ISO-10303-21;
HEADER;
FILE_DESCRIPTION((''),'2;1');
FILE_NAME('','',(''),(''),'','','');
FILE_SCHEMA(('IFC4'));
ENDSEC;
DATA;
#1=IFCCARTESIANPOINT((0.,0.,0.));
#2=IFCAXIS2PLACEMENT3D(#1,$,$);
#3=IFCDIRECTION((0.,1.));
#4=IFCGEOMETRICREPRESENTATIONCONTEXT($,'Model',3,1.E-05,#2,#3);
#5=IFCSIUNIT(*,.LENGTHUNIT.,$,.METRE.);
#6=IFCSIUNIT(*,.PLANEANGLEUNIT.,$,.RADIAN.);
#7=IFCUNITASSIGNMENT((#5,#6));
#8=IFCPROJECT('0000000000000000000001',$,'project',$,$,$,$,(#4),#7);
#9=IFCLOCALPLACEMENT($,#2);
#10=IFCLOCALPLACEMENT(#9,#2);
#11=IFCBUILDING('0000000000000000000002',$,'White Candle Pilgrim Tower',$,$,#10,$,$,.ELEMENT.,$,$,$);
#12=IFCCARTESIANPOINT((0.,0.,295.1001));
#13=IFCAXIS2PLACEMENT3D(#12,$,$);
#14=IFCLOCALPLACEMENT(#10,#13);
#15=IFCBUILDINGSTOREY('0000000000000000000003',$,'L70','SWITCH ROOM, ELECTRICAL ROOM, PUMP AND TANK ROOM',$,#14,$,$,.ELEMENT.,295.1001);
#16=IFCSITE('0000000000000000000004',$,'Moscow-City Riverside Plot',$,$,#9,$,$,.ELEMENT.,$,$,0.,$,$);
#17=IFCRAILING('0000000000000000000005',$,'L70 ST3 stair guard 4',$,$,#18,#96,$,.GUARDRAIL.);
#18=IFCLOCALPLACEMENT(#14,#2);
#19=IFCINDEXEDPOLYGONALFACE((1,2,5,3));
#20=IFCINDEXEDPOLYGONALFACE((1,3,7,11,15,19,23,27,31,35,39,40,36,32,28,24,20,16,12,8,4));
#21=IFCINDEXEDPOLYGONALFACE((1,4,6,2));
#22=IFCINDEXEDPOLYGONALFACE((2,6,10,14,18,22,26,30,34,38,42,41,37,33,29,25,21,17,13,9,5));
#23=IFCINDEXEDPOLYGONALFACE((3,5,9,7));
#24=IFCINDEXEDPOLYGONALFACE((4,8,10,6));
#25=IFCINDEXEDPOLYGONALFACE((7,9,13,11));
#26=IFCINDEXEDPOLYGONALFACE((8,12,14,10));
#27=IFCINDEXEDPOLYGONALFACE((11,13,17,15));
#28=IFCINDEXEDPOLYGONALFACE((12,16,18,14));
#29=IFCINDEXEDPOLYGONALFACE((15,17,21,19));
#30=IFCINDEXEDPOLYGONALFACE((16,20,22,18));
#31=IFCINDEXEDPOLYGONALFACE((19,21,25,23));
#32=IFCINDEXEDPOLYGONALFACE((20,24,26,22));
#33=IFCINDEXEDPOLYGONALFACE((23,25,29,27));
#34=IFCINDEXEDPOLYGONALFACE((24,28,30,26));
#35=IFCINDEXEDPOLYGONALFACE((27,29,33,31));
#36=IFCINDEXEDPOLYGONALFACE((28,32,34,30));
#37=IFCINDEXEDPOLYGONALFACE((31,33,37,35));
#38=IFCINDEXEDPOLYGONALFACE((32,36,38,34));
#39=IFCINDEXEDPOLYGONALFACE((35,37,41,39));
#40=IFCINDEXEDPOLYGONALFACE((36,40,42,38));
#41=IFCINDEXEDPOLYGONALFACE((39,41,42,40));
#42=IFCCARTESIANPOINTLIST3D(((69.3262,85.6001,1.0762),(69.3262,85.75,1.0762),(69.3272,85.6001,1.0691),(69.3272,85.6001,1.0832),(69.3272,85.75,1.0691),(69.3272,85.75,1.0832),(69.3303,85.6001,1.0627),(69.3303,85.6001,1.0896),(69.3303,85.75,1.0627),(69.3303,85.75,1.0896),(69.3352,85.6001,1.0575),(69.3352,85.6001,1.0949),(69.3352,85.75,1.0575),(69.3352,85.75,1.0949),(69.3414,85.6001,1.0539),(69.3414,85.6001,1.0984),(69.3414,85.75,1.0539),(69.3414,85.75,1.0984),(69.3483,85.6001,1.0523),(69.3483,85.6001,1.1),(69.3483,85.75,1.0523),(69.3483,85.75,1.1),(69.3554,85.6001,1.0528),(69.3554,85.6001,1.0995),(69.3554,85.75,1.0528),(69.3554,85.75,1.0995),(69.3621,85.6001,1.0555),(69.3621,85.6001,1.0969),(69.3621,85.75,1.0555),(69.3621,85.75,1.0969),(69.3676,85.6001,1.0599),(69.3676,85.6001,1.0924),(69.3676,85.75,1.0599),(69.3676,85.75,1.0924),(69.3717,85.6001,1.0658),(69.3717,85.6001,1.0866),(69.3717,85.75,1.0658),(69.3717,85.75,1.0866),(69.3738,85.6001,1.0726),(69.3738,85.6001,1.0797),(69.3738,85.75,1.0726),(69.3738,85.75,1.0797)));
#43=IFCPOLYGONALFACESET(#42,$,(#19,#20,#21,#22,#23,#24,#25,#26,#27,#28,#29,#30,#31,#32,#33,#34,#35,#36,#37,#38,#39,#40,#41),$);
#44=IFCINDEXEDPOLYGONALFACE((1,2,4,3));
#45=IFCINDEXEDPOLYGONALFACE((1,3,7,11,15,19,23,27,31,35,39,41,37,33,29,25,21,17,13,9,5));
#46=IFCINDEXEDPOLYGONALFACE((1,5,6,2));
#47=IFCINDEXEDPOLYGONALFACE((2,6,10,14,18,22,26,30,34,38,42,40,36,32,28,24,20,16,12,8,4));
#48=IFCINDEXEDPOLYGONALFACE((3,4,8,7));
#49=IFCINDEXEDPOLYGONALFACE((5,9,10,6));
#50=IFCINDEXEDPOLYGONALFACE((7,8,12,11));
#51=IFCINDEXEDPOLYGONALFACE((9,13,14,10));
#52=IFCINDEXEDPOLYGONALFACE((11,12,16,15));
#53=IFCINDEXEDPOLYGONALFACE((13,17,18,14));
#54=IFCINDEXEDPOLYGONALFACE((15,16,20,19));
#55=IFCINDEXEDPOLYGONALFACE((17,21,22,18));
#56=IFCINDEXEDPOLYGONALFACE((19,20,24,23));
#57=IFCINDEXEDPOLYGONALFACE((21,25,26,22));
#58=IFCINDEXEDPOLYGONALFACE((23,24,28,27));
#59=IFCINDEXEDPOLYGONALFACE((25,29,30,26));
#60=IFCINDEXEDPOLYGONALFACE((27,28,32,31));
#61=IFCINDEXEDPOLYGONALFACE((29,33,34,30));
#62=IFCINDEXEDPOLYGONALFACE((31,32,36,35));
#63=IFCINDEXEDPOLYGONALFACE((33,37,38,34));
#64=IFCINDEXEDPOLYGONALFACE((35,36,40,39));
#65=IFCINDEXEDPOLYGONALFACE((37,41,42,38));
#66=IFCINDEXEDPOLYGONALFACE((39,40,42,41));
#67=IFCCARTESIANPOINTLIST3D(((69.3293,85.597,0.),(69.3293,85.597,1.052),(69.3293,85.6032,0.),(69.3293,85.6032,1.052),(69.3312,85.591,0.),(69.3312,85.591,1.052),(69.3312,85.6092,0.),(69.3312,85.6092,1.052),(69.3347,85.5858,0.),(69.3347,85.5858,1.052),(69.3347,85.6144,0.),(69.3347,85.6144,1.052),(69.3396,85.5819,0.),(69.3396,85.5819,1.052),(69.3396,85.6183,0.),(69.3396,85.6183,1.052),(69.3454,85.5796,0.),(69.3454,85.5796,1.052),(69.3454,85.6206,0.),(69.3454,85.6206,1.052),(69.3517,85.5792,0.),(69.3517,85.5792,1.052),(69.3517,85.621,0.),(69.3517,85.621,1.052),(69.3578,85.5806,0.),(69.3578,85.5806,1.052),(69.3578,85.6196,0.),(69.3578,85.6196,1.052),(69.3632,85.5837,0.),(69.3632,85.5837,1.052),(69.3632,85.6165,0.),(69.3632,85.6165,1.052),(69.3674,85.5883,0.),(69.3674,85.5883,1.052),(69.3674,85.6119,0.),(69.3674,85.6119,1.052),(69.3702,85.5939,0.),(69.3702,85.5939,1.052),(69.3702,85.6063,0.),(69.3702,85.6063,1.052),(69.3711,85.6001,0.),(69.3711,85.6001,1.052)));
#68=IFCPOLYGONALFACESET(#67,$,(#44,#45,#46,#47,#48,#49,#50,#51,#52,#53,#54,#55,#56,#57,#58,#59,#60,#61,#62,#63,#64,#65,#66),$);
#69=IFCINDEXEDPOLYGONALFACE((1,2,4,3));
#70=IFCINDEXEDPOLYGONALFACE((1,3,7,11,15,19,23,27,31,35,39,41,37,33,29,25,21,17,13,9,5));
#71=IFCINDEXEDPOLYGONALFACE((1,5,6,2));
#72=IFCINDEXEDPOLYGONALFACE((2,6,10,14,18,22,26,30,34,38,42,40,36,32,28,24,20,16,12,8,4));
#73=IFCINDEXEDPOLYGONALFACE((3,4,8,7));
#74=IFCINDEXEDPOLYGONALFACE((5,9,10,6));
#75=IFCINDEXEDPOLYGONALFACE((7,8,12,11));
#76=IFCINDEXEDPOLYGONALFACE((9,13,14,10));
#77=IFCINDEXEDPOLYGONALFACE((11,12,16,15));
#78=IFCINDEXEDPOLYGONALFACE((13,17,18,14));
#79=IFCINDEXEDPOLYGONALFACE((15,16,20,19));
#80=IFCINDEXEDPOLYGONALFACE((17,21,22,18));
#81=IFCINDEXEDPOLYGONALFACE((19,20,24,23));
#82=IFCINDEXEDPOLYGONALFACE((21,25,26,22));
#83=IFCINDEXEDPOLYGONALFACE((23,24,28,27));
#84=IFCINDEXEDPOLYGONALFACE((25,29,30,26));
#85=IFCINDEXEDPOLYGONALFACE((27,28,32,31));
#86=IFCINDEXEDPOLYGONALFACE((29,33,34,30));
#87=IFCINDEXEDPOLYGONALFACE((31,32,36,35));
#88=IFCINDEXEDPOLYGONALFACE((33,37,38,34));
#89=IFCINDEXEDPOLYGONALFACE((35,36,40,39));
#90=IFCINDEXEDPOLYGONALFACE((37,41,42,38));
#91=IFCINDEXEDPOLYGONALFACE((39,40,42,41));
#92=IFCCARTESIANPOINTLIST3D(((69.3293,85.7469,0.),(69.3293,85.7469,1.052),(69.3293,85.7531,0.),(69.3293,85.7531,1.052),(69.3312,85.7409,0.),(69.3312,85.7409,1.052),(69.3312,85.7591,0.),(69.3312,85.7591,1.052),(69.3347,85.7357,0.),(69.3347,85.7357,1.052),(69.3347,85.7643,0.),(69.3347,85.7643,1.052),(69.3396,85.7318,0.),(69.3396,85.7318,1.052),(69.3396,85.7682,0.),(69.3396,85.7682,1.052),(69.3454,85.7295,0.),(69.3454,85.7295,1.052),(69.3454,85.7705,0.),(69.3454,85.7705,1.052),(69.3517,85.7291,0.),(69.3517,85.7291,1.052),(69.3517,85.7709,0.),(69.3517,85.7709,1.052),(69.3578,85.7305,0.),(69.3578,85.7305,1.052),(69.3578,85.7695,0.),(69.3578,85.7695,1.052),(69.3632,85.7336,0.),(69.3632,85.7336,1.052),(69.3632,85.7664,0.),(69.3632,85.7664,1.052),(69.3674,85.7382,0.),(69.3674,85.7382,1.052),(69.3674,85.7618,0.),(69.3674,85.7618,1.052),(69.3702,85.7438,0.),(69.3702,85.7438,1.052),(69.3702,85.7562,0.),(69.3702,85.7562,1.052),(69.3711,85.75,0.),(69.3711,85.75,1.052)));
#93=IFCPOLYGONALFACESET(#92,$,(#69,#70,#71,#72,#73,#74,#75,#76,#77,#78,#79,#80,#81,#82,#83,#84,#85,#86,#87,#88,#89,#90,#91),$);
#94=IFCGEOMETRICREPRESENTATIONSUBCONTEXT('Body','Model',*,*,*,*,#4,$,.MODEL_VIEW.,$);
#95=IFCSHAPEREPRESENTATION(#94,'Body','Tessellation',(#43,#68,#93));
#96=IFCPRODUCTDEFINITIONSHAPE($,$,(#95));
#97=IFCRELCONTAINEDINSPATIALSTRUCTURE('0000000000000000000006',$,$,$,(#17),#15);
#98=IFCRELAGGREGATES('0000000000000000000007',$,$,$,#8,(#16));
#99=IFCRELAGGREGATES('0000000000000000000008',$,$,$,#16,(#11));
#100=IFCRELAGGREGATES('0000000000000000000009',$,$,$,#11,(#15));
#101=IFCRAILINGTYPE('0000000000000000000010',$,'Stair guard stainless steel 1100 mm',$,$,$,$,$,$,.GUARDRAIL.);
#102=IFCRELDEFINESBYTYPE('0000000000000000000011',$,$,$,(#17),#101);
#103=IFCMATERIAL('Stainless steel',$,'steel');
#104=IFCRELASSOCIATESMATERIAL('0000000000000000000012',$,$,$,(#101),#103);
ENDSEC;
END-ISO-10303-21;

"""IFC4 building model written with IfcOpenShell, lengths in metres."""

from ifc_helpers import new_model, si_unit, direction, frame, origin, origin_2d, place, context, subcontext, project, spatial, circle, extrude, material, type_object, element, save


model = new_model("IFC4")

# Units and contexts
model_context = context("Model", 3, precision=1e-05, world=origin(), true_north=direction((0.0, 1.0)))
body_context = subcontext(model_context, "Body", "Model", "MODEL_VIEW")
ifc_project = project(units=[si_unit("LENGTHUNIT", "METRE"), si_unit("PLANEANGLEUNIT", "RADIAN")], contexts=[model_context])

# Site, building, storey
site_placement = place(None, origin())
site = spatial("IfcSite", under=ifc_project, at=site_placement, Name="Moscow-City Riverside Plot", CompositionType="ELEMENT", RefElevation=0.0)
building_placement = place(site_placement, origin())
building = spatial("IfcBuilding", under=site, at=building_placement, Name="White Candle Pilgrim Tower", CompositionType="ELEMENT")
storey_placement = place(building_placement, frame((0.0, 0.0, 295.1001)))
storey = spatial("IfcBuildingStorey", under=building, at=storey_placement, Name="L70", Description="SWITCH ROOM, ELECTRICAL ROOM, PUMP AND TANK ROOM", CompositionType="ELEMENT", Elevation=295.1001)

# Railing
ifc_material_1 = material(Name="Stainless steel", Category="steel")
railing_type_1 = type_object("IfcRailingType", Name="Stair guard stainless steel 1100 mm", PredefinedType="GUARDRAIL", material=ifc_material_1)
railing_1_placement = place(storey_placement, frame((69.3501, 85.6001, 0.0)))
element("IfcRailing", 1, at=railing_1_placement, inside=storey, type_object=railing_type_1, Name="L70 ST3 stair guard 4", PredefinedType="GUARDRAIL", context=body_context, shape_type="SweptSolid", body=[
    extrude(circle(Radius=0.0239, at=origin_2d()), frame((0.0, 0.0, 1.0762), z_axis=(0.0, 1.0, 0.0), x_axis=(-1.0, 0.0, 0.0)), (0.0, 0.0, 1.0), 0.1499),
    extrude(circle(Radius=0.021, at=origin_2d()), origin(), (0.0, 0.0, 1.0), 1.052),
    extrude(circle(Radius=0.021, at=origin_2d()), frame((0.0, 0.1499, 0.0)), (0.0, 0.0, 1.0), 1.052),
])

save(model, "model.ifc")
